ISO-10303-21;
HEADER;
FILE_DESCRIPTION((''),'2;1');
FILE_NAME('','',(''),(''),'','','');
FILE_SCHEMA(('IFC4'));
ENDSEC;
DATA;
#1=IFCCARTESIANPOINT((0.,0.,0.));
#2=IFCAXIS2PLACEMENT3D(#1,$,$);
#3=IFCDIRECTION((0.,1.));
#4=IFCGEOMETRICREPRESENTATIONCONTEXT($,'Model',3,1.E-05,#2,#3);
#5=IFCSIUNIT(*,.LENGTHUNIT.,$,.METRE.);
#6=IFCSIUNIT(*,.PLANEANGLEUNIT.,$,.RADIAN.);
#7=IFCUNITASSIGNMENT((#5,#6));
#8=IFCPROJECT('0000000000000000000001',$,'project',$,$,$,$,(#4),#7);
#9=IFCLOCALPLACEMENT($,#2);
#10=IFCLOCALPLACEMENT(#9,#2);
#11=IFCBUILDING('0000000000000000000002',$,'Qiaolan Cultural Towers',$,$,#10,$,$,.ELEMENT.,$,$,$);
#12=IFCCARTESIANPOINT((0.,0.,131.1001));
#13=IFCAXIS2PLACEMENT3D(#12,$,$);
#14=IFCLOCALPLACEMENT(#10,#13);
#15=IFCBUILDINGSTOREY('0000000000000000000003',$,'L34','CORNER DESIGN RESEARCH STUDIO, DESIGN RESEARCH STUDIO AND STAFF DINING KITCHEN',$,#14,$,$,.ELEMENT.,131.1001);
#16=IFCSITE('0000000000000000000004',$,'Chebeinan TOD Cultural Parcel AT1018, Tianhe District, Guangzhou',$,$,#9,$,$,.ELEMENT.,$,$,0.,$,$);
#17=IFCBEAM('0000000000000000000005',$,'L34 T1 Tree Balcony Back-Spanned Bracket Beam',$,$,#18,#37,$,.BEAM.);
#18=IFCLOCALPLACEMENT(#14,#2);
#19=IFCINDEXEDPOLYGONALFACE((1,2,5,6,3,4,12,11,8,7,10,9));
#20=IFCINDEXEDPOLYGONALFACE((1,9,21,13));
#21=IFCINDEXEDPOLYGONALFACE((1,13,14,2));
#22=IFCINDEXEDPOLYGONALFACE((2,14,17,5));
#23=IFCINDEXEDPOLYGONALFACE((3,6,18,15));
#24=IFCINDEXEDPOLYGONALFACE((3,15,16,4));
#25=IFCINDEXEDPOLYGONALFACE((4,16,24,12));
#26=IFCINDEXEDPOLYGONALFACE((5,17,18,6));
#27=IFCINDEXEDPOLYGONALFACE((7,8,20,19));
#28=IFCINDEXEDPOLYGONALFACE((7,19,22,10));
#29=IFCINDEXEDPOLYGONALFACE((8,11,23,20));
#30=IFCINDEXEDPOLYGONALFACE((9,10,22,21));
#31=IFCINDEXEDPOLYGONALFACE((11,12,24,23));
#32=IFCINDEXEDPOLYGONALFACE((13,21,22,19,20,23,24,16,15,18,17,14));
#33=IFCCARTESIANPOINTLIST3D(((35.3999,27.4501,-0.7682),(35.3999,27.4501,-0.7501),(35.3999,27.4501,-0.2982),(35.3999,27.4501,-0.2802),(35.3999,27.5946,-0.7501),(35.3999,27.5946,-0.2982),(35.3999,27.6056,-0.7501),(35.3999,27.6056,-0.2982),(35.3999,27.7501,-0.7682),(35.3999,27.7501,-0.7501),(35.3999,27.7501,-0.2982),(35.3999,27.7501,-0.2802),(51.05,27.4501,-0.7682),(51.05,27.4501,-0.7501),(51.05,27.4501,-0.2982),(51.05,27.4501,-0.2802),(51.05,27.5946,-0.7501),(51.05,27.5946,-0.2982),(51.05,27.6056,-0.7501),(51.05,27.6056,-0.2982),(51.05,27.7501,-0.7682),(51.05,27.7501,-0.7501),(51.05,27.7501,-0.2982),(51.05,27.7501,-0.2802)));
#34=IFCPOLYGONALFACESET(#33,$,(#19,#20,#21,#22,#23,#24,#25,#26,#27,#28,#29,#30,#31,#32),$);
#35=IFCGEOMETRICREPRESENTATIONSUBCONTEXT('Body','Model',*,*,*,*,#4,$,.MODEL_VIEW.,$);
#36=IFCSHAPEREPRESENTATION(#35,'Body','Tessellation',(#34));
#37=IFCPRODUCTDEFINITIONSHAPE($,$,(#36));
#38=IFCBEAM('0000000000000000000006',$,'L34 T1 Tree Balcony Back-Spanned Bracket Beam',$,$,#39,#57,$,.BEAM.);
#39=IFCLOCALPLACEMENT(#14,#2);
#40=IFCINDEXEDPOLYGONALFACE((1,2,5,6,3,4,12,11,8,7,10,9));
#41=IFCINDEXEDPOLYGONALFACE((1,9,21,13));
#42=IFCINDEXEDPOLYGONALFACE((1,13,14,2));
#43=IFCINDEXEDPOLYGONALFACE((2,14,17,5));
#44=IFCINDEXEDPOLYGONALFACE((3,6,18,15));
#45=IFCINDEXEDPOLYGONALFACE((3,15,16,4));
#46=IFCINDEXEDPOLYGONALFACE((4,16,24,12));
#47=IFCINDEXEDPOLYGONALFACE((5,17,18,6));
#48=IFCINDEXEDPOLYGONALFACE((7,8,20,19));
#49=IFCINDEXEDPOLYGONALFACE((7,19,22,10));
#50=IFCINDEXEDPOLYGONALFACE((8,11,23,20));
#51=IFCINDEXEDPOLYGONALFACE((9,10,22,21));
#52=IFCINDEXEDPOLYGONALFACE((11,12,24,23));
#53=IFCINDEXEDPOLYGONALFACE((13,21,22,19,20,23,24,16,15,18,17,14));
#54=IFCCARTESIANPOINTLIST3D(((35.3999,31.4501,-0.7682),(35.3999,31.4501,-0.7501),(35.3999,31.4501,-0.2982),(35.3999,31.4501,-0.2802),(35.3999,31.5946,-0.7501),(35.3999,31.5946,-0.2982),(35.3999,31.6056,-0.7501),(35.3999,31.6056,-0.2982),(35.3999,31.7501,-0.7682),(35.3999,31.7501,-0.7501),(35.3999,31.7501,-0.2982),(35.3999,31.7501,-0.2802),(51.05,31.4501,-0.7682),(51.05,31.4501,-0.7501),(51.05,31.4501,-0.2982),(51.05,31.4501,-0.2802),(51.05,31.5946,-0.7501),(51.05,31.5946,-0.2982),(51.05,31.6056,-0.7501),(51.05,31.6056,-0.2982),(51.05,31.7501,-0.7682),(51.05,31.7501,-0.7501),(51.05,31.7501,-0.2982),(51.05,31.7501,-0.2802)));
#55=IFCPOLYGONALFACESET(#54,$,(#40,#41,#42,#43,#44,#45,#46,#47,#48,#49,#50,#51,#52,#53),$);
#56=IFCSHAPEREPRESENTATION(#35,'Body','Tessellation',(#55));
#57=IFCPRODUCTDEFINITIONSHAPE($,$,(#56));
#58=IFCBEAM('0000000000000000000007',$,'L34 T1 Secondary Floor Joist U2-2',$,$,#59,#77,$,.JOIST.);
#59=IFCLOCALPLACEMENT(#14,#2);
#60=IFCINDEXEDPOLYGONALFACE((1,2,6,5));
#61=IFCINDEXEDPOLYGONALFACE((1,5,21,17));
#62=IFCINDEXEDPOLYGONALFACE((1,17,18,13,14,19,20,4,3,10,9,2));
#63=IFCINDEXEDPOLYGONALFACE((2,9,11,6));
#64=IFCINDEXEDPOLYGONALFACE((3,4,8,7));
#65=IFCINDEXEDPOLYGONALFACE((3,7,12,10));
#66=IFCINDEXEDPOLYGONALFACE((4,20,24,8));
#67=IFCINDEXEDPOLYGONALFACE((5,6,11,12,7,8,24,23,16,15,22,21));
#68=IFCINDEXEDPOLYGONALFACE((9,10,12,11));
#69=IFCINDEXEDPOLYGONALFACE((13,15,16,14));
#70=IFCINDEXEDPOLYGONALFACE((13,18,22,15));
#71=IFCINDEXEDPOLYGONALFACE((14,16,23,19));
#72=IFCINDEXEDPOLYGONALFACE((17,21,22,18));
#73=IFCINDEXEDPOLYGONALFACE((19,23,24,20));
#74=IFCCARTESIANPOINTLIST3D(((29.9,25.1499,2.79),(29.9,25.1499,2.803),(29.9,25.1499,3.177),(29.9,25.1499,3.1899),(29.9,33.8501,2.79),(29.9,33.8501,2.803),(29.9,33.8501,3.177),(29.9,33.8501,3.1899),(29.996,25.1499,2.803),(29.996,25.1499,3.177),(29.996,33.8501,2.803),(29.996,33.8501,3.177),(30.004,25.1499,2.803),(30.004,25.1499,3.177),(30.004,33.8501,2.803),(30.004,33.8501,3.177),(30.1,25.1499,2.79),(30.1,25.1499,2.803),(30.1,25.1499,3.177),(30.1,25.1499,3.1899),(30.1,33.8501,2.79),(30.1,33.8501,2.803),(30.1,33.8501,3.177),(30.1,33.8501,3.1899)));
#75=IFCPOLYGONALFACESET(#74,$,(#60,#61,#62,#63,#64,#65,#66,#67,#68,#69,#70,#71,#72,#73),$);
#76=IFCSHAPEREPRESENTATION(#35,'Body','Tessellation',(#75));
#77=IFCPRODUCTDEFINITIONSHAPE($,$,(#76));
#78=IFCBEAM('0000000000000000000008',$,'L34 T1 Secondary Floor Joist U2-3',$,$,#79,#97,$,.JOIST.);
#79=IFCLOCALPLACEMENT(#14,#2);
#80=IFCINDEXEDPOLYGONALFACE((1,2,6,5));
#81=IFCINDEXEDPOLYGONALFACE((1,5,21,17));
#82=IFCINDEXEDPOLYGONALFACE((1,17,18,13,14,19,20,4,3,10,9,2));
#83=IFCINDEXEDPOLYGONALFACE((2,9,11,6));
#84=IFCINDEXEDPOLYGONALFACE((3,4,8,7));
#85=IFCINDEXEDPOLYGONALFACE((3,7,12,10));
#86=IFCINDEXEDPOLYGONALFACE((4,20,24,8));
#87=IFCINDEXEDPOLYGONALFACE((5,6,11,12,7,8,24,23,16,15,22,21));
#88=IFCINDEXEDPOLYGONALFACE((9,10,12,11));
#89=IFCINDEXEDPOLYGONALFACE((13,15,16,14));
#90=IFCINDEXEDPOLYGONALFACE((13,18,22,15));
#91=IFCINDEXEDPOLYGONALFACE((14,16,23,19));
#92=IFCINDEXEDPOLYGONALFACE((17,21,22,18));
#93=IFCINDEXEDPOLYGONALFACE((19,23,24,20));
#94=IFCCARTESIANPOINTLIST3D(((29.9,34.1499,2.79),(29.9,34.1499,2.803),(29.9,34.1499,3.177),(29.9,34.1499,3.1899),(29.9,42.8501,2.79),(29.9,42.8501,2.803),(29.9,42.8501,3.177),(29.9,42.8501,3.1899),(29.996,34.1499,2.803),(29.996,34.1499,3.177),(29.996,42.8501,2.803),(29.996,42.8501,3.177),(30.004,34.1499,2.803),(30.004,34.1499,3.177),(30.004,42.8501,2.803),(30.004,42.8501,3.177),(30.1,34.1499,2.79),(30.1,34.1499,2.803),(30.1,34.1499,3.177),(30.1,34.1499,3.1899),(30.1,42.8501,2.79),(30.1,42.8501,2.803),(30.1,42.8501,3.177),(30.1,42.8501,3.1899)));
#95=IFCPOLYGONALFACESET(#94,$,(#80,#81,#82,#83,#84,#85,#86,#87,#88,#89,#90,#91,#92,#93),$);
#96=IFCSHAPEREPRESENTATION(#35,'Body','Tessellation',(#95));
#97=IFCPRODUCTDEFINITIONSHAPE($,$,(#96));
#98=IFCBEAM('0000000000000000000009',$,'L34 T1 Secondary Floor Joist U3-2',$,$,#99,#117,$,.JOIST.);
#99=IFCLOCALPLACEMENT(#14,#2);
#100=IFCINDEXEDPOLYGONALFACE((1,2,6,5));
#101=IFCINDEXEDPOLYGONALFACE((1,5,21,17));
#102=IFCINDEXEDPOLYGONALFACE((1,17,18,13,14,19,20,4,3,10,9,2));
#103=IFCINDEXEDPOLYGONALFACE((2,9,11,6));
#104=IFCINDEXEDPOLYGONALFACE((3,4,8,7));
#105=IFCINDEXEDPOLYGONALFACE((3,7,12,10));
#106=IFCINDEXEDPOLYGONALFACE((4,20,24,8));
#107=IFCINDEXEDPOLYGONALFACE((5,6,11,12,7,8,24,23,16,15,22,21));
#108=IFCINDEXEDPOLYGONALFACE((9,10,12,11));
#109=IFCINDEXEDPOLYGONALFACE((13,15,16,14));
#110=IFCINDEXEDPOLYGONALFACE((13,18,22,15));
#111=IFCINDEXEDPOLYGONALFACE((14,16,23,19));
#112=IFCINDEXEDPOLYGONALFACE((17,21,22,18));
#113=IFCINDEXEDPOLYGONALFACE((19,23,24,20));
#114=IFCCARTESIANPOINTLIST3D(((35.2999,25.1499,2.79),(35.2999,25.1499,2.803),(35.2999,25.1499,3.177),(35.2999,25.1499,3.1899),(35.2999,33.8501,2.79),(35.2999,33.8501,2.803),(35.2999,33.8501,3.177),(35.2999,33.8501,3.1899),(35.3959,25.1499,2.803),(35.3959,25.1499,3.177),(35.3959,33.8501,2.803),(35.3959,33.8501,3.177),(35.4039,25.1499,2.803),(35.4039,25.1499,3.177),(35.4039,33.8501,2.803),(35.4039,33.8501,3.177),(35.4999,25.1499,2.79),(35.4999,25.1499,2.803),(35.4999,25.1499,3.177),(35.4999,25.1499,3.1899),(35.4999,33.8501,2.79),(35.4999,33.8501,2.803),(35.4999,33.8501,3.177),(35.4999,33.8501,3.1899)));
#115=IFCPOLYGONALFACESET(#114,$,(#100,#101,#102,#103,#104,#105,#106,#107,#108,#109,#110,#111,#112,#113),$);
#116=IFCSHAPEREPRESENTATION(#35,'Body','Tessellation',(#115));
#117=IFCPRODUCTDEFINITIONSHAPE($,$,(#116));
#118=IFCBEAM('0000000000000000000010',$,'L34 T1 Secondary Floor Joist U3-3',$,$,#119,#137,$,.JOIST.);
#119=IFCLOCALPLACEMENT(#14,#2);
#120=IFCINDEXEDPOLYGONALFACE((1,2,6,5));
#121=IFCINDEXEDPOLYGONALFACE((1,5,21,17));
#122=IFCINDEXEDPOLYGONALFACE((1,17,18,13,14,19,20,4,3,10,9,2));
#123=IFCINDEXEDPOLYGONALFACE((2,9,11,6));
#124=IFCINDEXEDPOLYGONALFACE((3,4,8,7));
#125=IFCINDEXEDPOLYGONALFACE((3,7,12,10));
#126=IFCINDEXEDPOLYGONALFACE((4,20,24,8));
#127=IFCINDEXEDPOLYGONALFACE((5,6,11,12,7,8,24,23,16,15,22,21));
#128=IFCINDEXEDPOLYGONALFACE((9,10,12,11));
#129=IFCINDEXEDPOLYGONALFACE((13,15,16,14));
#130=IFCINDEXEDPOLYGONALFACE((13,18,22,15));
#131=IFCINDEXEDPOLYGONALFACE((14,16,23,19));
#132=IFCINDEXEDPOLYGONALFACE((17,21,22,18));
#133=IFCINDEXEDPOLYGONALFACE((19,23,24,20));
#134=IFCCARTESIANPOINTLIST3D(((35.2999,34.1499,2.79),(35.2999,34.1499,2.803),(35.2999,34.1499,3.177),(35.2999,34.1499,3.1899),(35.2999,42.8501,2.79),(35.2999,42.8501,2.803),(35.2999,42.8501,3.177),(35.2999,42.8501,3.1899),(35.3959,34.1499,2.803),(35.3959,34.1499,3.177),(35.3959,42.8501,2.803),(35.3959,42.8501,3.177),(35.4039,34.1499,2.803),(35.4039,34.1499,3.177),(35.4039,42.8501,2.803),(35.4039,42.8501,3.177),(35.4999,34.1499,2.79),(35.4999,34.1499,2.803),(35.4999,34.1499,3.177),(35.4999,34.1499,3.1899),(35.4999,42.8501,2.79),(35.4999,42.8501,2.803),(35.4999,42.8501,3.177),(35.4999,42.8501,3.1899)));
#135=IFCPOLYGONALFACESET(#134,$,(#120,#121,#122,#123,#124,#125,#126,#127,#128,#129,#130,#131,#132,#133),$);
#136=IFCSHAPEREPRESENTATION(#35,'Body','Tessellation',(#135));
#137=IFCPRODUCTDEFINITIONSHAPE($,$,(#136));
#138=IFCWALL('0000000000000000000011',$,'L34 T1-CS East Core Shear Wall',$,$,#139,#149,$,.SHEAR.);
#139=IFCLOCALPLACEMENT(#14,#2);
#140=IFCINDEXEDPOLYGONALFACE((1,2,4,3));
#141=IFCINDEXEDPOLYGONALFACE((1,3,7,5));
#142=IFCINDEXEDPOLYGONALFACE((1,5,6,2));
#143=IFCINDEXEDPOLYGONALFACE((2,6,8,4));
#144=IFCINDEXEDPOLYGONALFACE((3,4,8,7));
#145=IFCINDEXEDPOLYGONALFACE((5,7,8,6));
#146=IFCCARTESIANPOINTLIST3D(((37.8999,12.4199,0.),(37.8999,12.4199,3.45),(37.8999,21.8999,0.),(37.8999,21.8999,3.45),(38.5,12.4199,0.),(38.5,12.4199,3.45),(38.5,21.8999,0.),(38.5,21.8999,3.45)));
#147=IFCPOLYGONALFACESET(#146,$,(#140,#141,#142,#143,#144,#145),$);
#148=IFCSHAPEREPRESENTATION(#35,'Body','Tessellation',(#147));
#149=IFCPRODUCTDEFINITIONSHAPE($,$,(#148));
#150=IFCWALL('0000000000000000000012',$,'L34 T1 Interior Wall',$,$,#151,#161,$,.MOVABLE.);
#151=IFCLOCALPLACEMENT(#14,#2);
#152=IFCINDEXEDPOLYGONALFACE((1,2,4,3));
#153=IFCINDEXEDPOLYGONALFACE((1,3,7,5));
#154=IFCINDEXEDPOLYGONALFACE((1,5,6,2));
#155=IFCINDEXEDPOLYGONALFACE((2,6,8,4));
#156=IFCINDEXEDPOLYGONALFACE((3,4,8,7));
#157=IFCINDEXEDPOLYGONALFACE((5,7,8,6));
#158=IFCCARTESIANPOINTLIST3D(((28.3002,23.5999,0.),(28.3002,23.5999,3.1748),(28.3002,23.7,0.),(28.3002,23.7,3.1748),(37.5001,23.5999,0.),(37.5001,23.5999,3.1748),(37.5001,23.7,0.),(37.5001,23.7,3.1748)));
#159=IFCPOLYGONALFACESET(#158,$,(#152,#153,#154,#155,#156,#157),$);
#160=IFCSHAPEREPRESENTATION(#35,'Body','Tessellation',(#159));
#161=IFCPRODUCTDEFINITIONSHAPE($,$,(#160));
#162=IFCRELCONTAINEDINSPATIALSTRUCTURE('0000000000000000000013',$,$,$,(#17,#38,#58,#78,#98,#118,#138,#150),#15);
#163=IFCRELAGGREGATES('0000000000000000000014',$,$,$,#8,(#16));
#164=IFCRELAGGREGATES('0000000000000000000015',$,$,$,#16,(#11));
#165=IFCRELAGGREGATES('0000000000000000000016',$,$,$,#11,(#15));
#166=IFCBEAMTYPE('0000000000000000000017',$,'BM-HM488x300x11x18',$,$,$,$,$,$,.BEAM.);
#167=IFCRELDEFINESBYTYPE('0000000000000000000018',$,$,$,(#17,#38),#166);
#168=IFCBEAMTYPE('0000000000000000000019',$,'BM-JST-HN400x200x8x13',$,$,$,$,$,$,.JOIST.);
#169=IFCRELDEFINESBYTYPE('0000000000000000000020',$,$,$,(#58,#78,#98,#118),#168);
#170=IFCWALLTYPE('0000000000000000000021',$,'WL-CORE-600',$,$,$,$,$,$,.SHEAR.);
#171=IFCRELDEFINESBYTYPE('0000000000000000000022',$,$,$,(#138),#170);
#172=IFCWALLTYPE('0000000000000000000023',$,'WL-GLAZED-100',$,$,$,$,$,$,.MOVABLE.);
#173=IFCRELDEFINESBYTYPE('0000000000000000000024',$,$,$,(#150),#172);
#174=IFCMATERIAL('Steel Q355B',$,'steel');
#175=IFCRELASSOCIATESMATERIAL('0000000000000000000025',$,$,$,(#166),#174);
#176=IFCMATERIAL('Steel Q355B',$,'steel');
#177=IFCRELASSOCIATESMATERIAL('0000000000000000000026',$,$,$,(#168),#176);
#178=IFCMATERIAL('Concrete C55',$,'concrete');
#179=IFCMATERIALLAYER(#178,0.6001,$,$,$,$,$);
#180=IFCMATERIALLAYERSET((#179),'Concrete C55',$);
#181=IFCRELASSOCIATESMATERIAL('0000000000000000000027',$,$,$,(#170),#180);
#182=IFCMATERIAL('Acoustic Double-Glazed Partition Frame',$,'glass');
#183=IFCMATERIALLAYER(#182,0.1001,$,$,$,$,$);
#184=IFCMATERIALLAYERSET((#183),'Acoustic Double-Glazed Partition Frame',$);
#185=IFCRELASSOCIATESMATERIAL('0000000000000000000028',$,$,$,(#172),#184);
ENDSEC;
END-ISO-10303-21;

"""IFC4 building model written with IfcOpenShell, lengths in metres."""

from ifc_helpers import new_model, si_unit, direction, frame, frame_2d, origin, origin_2d, place, context, subcontext, project, spatial, rectangle, i_section, extrude, material, layer, layer_set, material_profile, profile_set, type_object, element, save


model = new_model("IFC4")

# Units and contexts
model_context = context("Model", 3, precision=1e-05, world=origin(), true_north=direction((0.0, 1.0)))
body_context = subcontext(model_context, "Body", "Model", "MODEL_VIEW")
ifc_project = project(units=[si_unit("LENGTHUNIT", "METRE"), si_unit("PLANEANGLEUNIT", "RADIAN")], contexts=[model_context])

# Site, building, storey
site_placement = place(None, origin())
site = spatial("IfcSite", under=ifc_project, at=site_placement, Name="Chebeinan TOD Cultural Parcel AT1018, Tianhe District, Guangzhou", CompositionType="ELEMENT", RefElevation=0.0)
building_placement = place(site_placement, origin())
building = spatial("IfcBuilding", under=site, at=building_placement, Name="Qiaolan Cultural Towers", CompositionType="ELEMENT")
storey_placement = place(building_placement, frame((0.0, 0.0, 131.1001)))
storey = spatial("IfcBuildingStorey", under=building, at=storey_placement, Name="L34", Description="CORNER DESIGN RESEARCH STUDIO, DESIGN RESEARCH STUDIO AND STAFF DINING KITCHEN", CompositionType="ELEMENT", Elevation=131.1001)

# Beams
ifc_material_1 = material(Name="Steel Q355B", Category="steel")
ifc_material_profile_1 = material_profile(ifc_material_1, i_section(OverallWidth=0.3, OverallDepth=0.488, WebThickness=0.011, FlangeThickness=0.0181, at=origin_2d()), Name="HM488x300x11x18")
ifc_profile_set_1 = profile_set([ifc_material_profile_1], Name="Steel Q355B")
beam_type_1 = type_object("IfcBeamType", Name="BM-HM488x300x11x18", PredefinedType="BEAM", material=ifc_profile_set_1)
for number, where, z_axis, x_axis, name in (
    (1, (35.3999, 27.6001, -0.5242), (1.0, 0.0, 0.0), (0.0, 1.0, 0.0), "L34 T1 Tree Balcony Back-Spanned Bracket Beam"),
    (2, (35.3999, 31.6001, -0.5242), (1.0, 0.0, 0.0), (0.0, 1.0, 0.0), "L34 T1 Tree Balcony Back-Spanned Bracket Beam"),
):
    element("IfcBeam", number, at=place(storey_placement, frame(where, z_axis=z_axis, x_axis=x_axis)), inside=storey, type_object=beam_type_1, Name=name, PredefinedType="BEAM", context=body_context, shape_type="SweptSolid", body=[
        extrude(i_section(OverallWidth=0.3, OverallDepth=0.488, WebThickness=0.011, FlangeThickness=0.0181, at=origin_2d()), origin(), (0.0, 0.0, 1.0), 15.6501),
    ])
ifc_material_2 = material(Name="Steel Q355B", Category="steel")
ifc_material_profile_2 = material_profile(ifc_material_2, i_section(OverallWidth=0.2, OverallDepth=0.3999, WebThickness=0.0081, FlangeThickness=0.0129, at=origin_2d()), Name="HN400x200x8x13")
ifc_profile_set_2 = profile_set([ifc_material_profile_2], Name="Steel Q355B")
beam_type_2 = type_object("IfcBeamType", Name="BM-JST-HN400x200x8x13", PredefinedType="JOIST", material=ifc_profile_set_2)
for number, where, z_axis, x_axis, name in (
    (3, (30.0, 25.1499, 2.99), (0.0, 1.0, 0.0), (-1.0, 0.0, 0.0), "L34 T1 Secondary Floor Joist U2-2"),
    (4, (30.0, 34.1499, 2.99), (0.0, 1.0, 0.0), (-1.0, 0.0, 0.0), "L34 T1 Secondary Floor Joist U2-3"),
    (5, (35.3999, 25.1499, 2.99), (0.0, 1.0, 0.0), (-1.0, 0.0, 0.0), "L34 T1 Secondary Floor Joist U3-2"),
    (6, (35.3999, 34.1499, 2.99), (0.0, 1.0, 0.0), (-1.0, 0.0, 0.0), "L34 T1 Secondary Floor Joist U3-3"),
):
    element("IfcBeam", number, at=place(storey_placement, frame(where, z_axis=z_axis, x_axis=x_axis)), inside=storey, type_object=beam_type_2, Name=name, PredefinedType="JOIST", context=body_context, shape_type="SweptSolid", body=[
        extrude(i_section(OverallWidth=0.2, OverallDepth=0.3999, WebThickness=0.0081, FlangeThickness=0.0129, at=origin_2d()), origin(), (0.0, 0.0, 1.0), 8.7002),
    ])

# Walls
ifc_material_3 = material(Name="Concrete C55", Category="concrete")
ifc_layer_1 = layer(ifc_material_3, 0.6001)
ifc_layer_set_1 = layer_set([ifc_layer_1], Name="Concrete C55")
wall_type_1 = type_object("IfcWallType", Name="WL-CORE-600", PredefinedType="SHEAR", material=ifc_layer_set_1)
wall_1_placement = place(storey_placement, frame((38.2, 21.8999, 0.0), z_axis=(0.0, 0.0, 1.0), x_axis=(0.0, -1.0, 0.0)))
element("IfcWall", 7, at=wall_1_placement, inside=storey, type_object=wall_type_1, Name="L34 T1-CS East Core Shear Wall", PredefinedType="SHEAR", context=body_context, shape_type="SweptSolid", body=[
    extrude(rectangle(XDim=9.48, YDim=0.6001, at=frame_2d((4.74, 0.0))), origin(), (0.0, 0.0, 1.0), 3.45),
])
ifc_material_4 = material(Name="Acoustic Double-Glazed Partition Frame", Category="glass")
ifc_layer_2 = layer(ifc_material_4, 0.1001)
ifc_layer_set_2 = layer_set([ifc_layer_2], Name="Acoustic Double-Glazed Partition Frame")
wall_type_2 = type_object("IfcWallType", Name="WL-GLAZED-100", PredefinedType="MOVABLE", material=ifc_layer_set_2)
wall_2_placement = place(storey_placement, frame((28.3, 23.6499, 0.0), z_axis=(0.0, 0.0, 1.0), x_axis=(1.0, 0.0, 0.0)))
element("IfcWall", 8, at=wall_2_placement, inside=storey, type_object=wall_type_2, Name="L34 T1 Interior Wall", PredefinedType="MOVABLE", context=body_context, shape_type="SweptSolid", body=[
    extrude(rectangle(XDim=9.2, YDim=0.1001, at=frame_2d((4.6001, 0.0))), origin(), (0.0, 0.0, 1.0), 3.1748),
])

save(model, "model.ifc")
